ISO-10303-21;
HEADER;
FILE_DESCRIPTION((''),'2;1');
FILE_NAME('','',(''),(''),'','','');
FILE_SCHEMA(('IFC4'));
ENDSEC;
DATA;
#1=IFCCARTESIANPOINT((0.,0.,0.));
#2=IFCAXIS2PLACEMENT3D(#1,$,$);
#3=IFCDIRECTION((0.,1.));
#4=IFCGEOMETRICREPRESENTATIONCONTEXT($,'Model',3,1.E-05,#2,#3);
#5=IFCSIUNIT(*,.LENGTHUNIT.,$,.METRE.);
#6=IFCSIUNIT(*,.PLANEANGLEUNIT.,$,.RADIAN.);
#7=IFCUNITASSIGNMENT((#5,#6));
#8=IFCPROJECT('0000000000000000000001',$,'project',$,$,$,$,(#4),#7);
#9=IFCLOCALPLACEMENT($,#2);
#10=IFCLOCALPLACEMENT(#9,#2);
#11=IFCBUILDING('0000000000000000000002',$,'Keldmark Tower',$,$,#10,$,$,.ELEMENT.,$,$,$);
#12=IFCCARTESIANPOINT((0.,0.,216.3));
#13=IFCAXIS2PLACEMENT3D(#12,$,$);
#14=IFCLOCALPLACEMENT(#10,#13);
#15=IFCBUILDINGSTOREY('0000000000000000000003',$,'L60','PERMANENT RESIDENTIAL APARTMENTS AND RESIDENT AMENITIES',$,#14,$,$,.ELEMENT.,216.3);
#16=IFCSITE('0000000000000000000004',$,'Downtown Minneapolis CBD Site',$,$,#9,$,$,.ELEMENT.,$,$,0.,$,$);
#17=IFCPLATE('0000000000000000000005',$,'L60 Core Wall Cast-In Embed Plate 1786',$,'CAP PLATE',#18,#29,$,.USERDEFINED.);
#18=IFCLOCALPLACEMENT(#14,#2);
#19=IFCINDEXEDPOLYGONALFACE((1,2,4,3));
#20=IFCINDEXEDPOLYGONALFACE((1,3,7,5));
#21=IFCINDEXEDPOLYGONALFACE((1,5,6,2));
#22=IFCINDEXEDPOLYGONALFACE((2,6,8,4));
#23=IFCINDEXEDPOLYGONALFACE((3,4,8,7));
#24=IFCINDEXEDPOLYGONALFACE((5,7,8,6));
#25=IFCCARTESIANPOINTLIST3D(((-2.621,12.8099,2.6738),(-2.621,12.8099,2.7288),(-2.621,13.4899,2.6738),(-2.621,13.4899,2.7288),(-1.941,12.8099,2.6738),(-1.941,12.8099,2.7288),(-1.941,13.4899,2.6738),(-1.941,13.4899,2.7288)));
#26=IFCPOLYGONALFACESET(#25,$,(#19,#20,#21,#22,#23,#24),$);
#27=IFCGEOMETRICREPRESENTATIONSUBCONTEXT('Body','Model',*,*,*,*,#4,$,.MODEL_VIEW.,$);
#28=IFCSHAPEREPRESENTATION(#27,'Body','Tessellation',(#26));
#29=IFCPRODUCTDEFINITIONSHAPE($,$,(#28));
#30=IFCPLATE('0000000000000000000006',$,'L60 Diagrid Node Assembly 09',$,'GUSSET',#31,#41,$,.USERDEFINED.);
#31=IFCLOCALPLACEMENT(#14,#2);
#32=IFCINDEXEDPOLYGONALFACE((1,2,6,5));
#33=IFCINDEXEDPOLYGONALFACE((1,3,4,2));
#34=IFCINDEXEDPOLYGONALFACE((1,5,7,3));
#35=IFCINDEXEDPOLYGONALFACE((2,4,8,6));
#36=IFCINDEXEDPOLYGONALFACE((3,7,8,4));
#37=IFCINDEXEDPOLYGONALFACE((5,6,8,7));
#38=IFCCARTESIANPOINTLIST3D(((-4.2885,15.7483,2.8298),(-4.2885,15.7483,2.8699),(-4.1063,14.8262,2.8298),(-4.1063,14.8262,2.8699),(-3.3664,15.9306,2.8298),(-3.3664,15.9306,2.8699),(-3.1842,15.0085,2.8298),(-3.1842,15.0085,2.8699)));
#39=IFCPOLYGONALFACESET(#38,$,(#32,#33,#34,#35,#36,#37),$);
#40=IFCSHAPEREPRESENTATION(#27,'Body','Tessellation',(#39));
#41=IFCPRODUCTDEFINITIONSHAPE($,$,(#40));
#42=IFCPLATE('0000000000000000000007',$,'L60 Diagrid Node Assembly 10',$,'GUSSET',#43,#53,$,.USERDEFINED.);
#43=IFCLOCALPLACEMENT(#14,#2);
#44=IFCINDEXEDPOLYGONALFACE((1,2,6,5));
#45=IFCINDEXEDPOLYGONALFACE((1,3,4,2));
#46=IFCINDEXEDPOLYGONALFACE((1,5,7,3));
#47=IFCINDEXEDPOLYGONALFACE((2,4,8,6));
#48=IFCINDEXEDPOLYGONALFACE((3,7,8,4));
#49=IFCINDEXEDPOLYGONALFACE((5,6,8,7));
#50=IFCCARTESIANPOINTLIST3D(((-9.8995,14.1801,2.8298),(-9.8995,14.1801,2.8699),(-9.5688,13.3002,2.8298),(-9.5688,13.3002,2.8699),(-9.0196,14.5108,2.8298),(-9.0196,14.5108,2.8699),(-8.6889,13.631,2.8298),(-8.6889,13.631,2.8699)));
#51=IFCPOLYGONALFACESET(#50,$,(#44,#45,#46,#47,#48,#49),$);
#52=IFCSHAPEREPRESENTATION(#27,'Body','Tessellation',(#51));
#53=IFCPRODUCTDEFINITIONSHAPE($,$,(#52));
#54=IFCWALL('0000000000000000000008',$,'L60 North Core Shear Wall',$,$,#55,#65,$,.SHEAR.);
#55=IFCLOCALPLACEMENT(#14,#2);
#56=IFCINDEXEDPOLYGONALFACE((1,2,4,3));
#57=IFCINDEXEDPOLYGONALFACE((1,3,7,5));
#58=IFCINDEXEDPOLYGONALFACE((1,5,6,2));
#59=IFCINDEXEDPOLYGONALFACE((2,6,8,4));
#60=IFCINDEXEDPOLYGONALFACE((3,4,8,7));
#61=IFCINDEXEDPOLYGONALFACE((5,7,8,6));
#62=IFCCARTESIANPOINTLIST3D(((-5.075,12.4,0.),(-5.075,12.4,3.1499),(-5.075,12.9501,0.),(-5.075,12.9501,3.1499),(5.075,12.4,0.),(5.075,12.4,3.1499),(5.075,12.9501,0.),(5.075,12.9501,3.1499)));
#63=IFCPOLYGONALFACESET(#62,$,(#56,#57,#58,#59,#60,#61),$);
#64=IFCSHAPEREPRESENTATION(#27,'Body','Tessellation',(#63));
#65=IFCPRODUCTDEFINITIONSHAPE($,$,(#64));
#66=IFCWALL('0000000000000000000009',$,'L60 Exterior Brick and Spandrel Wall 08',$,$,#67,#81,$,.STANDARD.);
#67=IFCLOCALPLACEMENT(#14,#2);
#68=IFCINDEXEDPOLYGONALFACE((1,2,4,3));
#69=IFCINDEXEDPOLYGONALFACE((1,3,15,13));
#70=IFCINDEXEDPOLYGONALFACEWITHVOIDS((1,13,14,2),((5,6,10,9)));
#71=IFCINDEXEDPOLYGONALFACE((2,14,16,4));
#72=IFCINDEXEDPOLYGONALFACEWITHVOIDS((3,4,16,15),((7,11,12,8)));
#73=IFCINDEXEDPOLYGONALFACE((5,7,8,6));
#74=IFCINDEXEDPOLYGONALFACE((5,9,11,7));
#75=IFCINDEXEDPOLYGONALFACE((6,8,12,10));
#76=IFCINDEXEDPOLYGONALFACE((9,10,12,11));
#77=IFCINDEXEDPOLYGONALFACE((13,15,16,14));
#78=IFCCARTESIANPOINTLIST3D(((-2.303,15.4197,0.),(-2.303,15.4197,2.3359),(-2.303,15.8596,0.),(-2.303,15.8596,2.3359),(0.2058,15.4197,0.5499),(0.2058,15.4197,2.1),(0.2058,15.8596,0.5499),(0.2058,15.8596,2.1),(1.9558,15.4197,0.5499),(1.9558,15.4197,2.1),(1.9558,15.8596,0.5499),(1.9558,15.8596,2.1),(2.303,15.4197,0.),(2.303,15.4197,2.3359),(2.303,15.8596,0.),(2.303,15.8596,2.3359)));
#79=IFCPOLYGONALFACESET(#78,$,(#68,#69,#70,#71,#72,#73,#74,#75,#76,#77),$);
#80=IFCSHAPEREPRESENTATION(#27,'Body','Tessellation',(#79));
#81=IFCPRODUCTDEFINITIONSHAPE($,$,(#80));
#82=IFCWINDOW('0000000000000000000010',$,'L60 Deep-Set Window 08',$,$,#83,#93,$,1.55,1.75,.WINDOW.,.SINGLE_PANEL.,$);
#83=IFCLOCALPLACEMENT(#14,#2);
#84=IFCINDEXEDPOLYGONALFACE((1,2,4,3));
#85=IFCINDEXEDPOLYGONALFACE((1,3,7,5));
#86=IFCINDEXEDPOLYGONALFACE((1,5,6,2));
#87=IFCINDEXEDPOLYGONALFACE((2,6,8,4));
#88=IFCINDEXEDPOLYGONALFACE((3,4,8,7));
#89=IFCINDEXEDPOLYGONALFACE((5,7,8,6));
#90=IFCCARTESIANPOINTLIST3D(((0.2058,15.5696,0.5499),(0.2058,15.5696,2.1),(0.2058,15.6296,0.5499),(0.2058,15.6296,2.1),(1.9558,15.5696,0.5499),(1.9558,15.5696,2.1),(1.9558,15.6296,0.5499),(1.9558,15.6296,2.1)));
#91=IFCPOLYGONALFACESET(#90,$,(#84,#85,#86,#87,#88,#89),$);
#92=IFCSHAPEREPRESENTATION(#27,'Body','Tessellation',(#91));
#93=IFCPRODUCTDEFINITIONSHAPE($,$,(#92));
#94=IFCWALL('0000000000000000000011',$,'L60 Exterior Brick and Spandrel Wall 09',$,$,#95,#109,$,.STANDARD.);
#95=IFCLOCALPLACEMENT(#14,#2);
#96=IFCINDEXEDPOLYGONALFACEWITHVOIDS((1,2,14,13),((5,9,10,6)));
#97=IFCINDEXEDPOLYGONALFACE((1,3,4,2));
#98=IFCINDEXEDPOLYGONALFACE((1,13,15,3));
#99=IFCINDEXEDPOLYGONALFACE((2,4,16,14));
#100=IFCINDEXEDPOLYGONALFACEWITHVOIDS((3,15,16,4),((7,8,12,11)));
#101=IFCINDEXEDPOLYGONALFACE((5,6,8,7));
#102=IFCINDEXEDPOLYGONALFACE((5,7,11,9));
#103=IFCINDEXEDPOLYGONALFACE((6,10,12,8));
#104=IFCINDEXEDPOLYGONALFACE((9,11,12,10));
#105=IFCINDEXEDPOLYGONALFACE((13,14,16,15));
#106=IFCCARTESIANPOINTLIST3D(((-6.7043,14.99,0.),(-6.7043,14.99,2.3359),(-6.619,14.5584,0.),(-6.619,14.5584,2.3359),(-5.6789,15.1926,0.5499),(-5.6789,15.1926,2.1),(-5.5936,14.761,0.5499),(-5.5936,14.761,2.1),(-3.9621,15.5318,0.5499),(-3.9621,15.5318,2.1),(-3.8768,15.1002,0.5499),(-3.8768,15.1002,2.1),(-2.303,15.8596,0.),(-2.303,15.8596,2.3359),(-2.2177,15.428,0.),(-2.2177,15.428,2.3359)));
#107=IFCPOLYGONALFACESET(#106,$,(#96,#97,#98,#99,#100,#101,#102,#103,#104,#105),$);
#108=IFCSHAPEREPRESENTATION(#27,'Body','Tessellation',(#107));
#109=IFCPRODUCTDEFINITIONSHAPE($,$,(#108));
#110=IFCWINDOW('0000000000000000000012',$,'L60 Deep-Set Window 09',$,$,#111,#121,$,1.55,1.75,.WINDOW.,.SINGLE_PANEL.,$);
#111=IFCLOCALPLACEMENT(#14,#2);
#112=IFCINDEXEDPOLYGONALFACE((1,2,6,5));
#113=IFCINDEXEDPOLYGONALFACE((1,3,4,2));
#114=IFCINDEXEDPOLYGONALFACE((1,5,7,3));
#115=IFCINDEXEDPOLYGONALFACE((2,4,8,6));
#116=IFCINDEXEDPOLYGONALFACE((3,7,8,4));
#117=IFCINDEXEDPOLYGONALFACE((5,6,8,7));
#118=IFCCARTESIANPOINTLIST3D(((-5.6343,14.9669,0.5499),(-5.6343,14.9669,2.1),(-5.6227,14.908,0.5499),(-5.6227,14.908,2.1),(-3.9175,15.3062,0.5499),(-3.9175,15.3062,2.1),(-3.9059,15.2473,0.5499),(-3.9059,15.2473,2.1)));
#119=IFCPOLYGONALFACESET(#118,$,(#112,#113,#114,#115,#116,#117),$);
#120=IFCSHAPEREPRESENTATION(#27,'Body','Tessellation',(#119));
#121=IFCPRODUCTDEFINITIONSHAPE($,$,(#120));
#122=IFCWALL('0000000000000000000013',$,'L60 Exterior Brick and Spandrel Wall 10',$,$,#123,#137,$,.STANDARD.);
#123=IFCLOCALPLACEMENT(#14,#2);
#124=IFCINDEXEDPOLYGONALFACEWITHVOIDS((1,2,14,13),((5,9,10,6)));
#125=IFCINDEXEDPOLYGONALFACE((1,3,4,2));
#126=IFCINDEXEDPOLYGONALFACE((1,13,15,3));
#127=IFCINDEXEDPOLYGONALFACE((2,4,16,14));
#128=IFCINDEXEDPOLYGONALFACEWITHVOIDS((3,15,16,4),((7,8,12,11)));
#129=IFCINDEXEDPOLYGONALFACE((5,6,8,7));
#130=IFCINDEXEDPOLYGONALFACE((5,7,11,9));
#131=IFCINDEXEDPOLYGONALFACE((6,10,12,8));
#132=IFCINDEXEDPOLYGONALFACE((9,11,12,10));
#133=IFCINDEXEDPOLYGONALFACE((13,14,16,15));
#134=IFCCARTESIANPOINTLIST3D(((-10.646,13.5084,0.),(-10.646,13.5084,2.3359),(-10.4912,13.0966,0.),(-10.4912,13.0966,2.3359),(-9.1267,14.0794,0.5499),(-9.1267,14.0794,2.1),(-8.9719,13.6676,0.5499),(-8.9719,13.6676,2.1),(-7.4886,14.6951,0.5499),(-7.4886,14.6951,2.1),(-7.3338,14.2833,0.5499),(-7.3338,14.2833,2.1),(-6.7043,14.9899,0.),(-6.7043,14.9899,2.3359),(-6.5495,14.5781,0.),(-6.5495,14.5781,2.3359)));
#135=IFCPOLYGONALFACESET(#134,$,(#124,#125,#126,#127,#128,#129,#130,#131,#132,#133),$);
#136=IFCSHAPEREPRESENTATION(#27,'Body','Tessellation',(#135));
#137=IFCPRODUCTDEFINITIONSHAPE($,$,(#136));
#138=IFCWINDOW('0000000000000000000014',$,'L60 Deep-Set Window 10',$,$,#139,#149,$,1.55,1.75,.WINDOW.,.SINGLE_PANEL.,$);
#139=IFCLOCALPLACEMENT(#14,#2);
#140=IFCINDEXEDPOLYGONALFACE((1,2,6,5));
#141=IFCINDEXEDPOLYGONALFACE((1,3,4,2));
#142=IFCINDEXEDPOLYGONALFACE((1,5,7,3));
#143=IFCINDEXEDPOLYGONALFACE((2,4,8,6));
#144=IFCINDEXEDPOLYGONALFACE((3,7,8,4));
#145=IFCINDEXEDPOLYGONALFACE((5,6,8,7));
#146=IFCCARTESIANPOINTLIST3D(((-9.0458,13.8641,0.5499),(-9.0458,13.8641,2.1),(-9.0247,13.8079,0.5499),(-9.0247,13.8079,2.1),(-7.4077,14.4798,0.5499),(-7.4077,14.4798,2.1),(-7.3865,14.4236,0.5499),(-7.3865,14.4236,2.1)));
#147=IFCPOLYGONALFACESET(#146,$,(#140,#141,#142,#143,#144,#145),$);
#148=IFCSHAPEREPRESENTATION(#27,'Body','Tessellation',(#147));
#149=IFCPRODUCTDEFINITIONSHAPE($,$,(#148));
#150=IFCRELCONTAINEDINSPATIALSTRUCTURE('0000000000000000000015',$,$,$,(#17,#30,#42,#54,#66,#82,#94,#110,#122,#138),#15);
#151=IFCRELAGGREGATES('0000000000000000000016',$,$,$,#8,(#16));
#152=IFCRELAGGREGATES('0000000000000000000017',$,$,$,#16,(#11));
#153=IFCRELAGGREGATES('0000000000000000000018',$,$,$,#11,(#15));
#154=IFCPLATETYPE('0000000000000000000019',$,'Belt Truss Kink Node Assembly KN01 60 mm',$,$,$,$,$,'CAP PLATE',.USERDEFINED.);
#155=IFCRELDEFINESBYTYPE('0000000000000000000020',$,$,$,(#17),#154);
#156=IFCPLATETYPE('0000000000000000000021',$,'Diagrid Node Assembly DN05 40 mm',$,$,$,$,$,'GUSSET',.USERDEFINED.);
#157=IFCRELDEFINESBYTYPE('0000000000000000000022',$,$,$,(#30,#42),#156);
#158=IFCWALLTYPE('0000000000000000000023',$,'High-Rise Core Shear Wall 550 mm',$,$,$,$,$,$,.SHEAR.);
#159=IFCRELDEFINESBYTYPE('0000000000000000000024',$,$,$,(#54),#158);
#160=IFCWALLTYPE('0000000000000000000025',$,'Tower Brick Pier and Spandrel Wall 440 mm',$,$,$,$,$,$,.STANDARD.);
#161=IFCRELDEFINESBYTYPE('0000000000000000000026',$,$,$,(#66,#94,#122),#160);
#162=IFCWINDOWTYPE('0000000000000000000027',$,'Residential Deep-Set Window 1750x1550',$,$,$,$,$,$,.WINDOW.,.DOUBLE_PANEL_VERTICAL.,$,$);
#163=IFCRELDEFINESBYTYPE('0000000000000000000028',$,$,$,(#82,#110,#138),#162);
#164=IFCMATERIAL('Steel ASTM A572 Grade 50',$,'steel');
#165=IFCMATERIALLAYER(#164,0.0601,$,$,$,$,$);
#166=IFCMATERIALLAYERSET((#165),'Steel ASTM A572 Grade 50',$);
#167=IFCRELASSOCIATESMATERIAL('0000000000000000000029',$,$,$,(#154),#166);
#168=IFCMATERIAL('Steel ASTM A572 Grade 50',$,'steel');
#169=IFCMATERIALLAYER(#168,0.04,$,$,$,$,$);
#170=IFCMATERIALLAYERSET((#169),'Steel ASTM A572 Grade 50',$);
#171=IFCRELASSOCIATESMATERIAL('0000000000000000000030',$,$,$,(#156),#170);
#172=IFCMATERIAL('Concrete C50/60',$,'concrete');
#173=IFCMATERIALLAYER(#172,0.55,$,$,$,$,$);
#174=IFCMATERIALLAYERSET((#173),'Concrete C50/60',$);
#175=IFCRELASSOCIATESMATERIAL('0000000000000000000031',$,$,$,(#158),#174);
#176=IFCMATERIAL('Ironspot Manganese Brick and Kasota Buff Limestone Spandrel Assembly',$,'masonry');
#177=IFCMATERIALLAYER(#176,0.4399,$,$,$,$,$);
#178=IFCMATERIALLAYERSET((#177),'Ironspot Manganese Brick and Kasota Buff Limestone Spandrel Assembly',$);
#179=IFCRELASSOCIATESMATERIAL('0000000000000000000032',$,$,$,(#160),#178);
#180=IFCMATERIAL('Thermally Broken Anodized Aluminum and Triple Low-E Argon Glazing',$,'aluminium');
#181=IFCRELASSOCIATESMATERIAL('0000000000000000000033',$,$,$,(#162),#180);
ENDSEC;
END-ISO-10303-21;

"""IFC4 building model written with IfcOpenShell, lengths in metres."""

from ifc_helpers import new_model, si_unit, direction, frame, frame_2d, origin, origin_2d, place, context, subcontext, project, spatial, rectangle, extrude, material, layer, layer_set, type_object, element, fill, save


model = new_model("IFC4")

# Units and contexts
model_context = context("Model", 3, precision=1e-05, world=origin(), true_north=direction((0.0, 1.0)))
body_context = subcontext(model_context, "Body", "Model", "MODEL_VIEW")
ifc_project = project(units=[si_unit("LENGTHUNIT", "METRE"), si_unit("PLANEANGLEUNIT", "RADIAN")], contexts=[model_context])

# Site, building, storey
site_placement = place(None, origin())
site = spatial("IfcSite", under=ifc_project, at=site_placement, Name="Downtown Minneapolis CBD Site", CompositionType="ELEMENT", RefElevation=0.0)
building_placement = place(site_placement, origin())
building = spatial("IfcBuilding", under=site, at=building_placement, Name="Keldmark Tower", CompositionType="ELEMENT")
storey_placement = place(building_placement, frame((0.0, 0.0, 216.3)))
storey = spatial("IfcBuildingStorey", under=building, at=storey_placement, Name="L60", Description="PERMANENT RESIDENTIAL APARTMENTS AND RESIDENT AMENITIES", CompositionType="ELEMENT", Elevation=216.3)

# Plates
ifc_material_1 = material(Name="Steel ASTM A572 Grade 50", Category="steel")
ifc_layer_1 = layer(ifc_material_1, 0.0601)
ifc_layer_set_1 = layer_set([ifc_layer_1], Name="Steel ASTM A572 Grade 50")
plate_type_1 = type_object("IfcPlateType", Name="Belt Truss Kink Node Assembly KN01 60 mm", ElementType="CAP PLATE", PredefinedType="USERDEFINED", material=ifc_layer_set_1)
for number, where, z_axis, x_axis, name in (
    (1, (-2.281, 13.1499, 2.6738), (0.0, 0.0, 1.0), (1.0, 0.0, 0.0), "L60 Core Wall Cast-In Embed Plate 1786"),
):
    element("IfcPlate", number, at=place(storey_placement, frame(where, z_axis=z_axis, x_axis=x_axis)), inside=storey, type_object=plate_type_1, Name=name, ObjectType="CAP PLATE", PredefinedType="USERDEFINED", context=body_context, shape_type="SweptSolid", body=[
        extrude(rectangle(XDim=0.6799, YDim=0.6799, at=origin_2d()), origin(), (0.0, 0.0, 1.0), 0.0549),
    ])
ifc_material_2 = material(Name="Steel ASTM A572 Grade 50", Category="steel")
ifc_layer_2 = layer(ifc_material_2, 0.04)
ifc_layer_set_2 = layer_set([ifc_layer_2], Name="Steel ASTM A572 Grade 50")
plate_type_2 = type_object("IfcPlateType", Name="Diagrid Node Assembly DN05 40 mm", ElementType="GUSSET", PredefinedType="USERDEFINED", material=ifc_layer_set_2)
for number, where, z_axis, x_axis, name in (
    (2, (-3.7363, 15.3784, 2.8298), (0.0, 0.0, 1.0), (-0.981023, -0.193892, 0.0), "L60 Diagrid Node Assembly 09"),
    (3, (-9.2942, 13.9055, 2.8298), (0.0, 0.0, 1.0), (-0.93606, -0.351842, 0.0), "L60 Diagrid Node Assembly 10"),
):
    element("IfcPlate", number, at=place(storey_placement, frame(where, z_axis=z_axis, x_axis=x_axis)), inside=storey, type_object=plate_type_2, Name=name, ObjectType="GUSSET", PredefinedType="USERDEFINED", context=body_context, shape_type="SweptSolid", body=[
        extrude(rectangle(XDim=0.9399, YDim=0.9399, at=origin_2d()), origin(), (0.0, 0.0, 1.0), 0.04),
    ])

# Wall
ifc_material_3 = material(Name="Concrete C50/60", Category="concrete")
ifc_layer_3 = layer(ifc_material_3, 0.55)
ifc_layer_set_3 = layer_set([ifc_layer_3], Name="Concrete C50/60")
wall_type_1 = type_object("IfcWallType", Name="High-Rise Core Shear Wall 550 mm", PredefinedType="SHEAR", material=ifc_layer_set_3)
wall_1_placement = place(storey_placement, frame((-5.075, 12.675, 0.0), z_axis=(0.0, 0.0, 1.0), x_axis=(1.0, 0.0, 0.0)))
element("IfcWall", 4, at=wall_1_placement, inside=storey, type_object=wall_type_1, Name="L60 North Core Shear Wall", PredefinedType="SHEAR", context=body_context, shape_type="SweptSolid", body=[
    extrude(rectangle(XDim=10.1499, YDim=0.55, at=frame_2d((5.075, 0.0))), origin(), (0.0, 0.0, 1.0), 3.1499),
])

# Walls, openings, windows
ifc_material_4 = material(Name="Ironspot Manganese Brick and Kasota Buff Limestone Spandrel Assembly", Category="masonry")
ifc_layer_4 = layer(ifc_material_4, 0.4399)
ifc_layer_set_4 = layer_set([ifc_layer_4], Name="Ironspot Manganese Brick and Kasota Buff Limestone Spandrel Assembly")
wall_type_2 = type_object("IfcWallType", Name="Tower Brick Pier and Spandrel Wall 440 mm", PredefinedType="STANDARD", material=ifc_layer_set_4)
wall_2_placement = place(storey_placement, frame((-2.303, 15.6396, 0.0), z_axis=(0.0, 0.0, 1.0), x_axis=(1.0, 0.0, 0.0)))
wall_2 = element("IfcWall", 5, at=wall_2_placement, inside=storey, type_object=wall_type_2, Name="L60 Exterior Brick and Spandrel Wall 08", PredefinedType="STANDARD", context=body_context, shape_type="SweptSolid", body=[
    extrude(rectangle(XDim=4.606, YDim=0.4399, at=frame_2d((2.303, 0.0))), origin(), (0.0, 0.0, 1.0), 2.3359),
])
opening_1_placement = place(wall_2_placement, frame((2.5088, 0.0, 0.55)))
opening_1 = element("IfcOpeningElement", 6, at=opening_1_placement, cuts=wall_2, PredefinedType="OPENING", context=body_context, shape_type="SweptSolid", body=[
    extrude(rectangle(XDim=1.75, YDim=1.55, at=frame_2d((0.875, 0.7749))), frame((0.0, 0.23, 0.0), z_axis=(0.0, -1.0, 0.0), x_axis=(1.0, 0.0, 0.0)), (0.0, 0.0, 1.0), 0.46),
])
ifc_material_5 = material(Name="Thermally Broken Anodized Aluminum and Triple Low-E Argon Glazing", Category="aluminium")
window_type = type_object("IfcWindowType", Name="Residential Deep-Set Window 1750x1550", PartitioningType="DOUBLE_PANEL_VERTICAL", PredefinedType="WINDOW", material=ifc_material_5)
window_1_placement = place(opening_1_placement, origin())
window_1 = element("IfcWindow", 7, at=window_1_placement, inside=storey, type_object=window_type, Name="L60 Deep-Set Window 08", OverallHeight=1.55, OverallWidth=1.75, PartitioningType="SINGLE_PANEL", PredefinedType="WINDOW", context=body_context, shape_type="SweptSolid", body=[
    extrude(rectangle(XDim=1.75, YDim=1.55, at=frame_2d((0.875, 0.7749))), frame((0.0, -0.01, 0.0), z_axis=(0.0, -1.0, 0.0), x_axis=(1.0, 0.0, 0.0)), (0.0, 0.0, 1.0), 0.0601),
])
fill(opening_1, window_1)
wall_3_placement = place(storey_placement, frame((-6.6616, 14.7742, 0.0), z_axis=(0.0, 0.0, 1.0), x_axis=(0.981032, 0.193845, 0.0)))
wall_3 = element("IfcWall", 8, at=wall_3_placement, inside=storey, type_object=wall_type_2, Name="L60 Exterior Brick and Spandrel Wall 09", PredefinedType="STANDARD", context=body_context, shape_type="SweptSolid", body=[
    extrude(rectangle(XDim=4.4863, YDim=0.4399, at=frame_2d((2.2432, 0.0))), origin(), (0.0, 0.0, 1.0), 2.3359),
])
opening_2_placement = place(wall_3_placement, frame((1.0452, 0.0, 0.55)))
opening_2 = element("IfcOpeningElement", 9, at=opening_2_placement, cuts=wall_3, PredefinedType="OPENING", context=body_context, shape_type="SweptSolid", body=[
    extrude(rectangle(XDim=1.75, YDim=1.55, at=frame_2d((0.875, 0.7749))), frame((0.0, 0.23, 0.0), z_axis=(0.0, -1.0, 0.0), x_axis=(1.0, 0.0, 0.0)), (0.0, 0.0, 1.0), 0.46),
])
window_2_placement = place(opening_2_placement, origin())
window_2 = element("IfcWindow", 10, at=window_2_placement, inside=storey, type_object=window_type, Name="L60 Deep-Set Window 09", OverallHeight=1.55, OverallWidth=1.75, PartitioningType="SINGLE_PANEL", PredefinedType="WINDOW", context=body_context, shape_type="SweptSolid", body=[
    extrude(rectangle(XDim=1.75, YDim=1.55, at=frame_2d((0.875, 0.7749))), frame((0.0, -0.01, 0.0), z_axis=(0.0, -1.0, 0.0), x_axis=(1.0, 0.0, 0.0)), (0.0, 0.0, 1.0), 0.0601),
])
fill(opening_2, window_2)
wall_4_placement = place(storey_placement, frame((-10.5686, 13.3025, 0.0), z_axis=(0.0, 0.0, 1.0), x_axis=(0.936069, 0.351816, 0.0)))
wall_4 = element("IfcWall", 11, at=wall_4_placement, inside=storey, type_object=wall_type_2, Name="L60 Exterior Brick and Spandrel Wall 10", PredefinedType="STANDARD", context=body_context, shape_type="SweptSolid", body=[
    extrude(rectangle(XDim=4.2109, YDim=0.4399, at=frame_2d((2.1055, 0.0))), origin(), (0.0, 0.0, 1.0), 2.3359),
])
opening_3_placement = place(wall_4_placement, frame((1.623, 0.0, 0.55)))
opening_3 = element("IfcOpeningElement", 12, at=opening_3_placement, cuts=wall_4, PredefinedType="OPENING", context=body_context, shape_type="SweptSolid", body=[
    extrude(rectangle(XDim=1.75, YDim=1.55, at=frame_2d((0.875, 0.7749))), frame((0.0, 0.23, 0.0), z_axis=(0.0, -1.0, 0.0), x_axis=(1.0, 0.0, 0.0)), (0.0, 0.0, 1.0), 0.46),
])
window_3_placement = place(opening_3_placement, origin())
window_3 = element("IfcWindow", 13, at=window_3_placement, inside=storey, type_object=window_type, Name="L60 Deep-Set Window 10", OverallHeight=1.55, OverallWidth=1.75, PartitioningType="SINGLE_PANEL", PredefinedType="WINDOW", context=body_context, shape_type="SweptSolid", body=[
    extrude(rectangle(XDim=1.75, YDim=1.55, at=frame_2d((0.875, 0.7749))), frame((0.0, -0.01, 0.0), z_axis=(0.0, -1.0, 0.0), x_axis=(1.0, 0.0, 0.0)), (0.0, 0.0, 1.0), 0.0601),
])
fill(opening_3, window_3)

save(model, "model.ifc")
